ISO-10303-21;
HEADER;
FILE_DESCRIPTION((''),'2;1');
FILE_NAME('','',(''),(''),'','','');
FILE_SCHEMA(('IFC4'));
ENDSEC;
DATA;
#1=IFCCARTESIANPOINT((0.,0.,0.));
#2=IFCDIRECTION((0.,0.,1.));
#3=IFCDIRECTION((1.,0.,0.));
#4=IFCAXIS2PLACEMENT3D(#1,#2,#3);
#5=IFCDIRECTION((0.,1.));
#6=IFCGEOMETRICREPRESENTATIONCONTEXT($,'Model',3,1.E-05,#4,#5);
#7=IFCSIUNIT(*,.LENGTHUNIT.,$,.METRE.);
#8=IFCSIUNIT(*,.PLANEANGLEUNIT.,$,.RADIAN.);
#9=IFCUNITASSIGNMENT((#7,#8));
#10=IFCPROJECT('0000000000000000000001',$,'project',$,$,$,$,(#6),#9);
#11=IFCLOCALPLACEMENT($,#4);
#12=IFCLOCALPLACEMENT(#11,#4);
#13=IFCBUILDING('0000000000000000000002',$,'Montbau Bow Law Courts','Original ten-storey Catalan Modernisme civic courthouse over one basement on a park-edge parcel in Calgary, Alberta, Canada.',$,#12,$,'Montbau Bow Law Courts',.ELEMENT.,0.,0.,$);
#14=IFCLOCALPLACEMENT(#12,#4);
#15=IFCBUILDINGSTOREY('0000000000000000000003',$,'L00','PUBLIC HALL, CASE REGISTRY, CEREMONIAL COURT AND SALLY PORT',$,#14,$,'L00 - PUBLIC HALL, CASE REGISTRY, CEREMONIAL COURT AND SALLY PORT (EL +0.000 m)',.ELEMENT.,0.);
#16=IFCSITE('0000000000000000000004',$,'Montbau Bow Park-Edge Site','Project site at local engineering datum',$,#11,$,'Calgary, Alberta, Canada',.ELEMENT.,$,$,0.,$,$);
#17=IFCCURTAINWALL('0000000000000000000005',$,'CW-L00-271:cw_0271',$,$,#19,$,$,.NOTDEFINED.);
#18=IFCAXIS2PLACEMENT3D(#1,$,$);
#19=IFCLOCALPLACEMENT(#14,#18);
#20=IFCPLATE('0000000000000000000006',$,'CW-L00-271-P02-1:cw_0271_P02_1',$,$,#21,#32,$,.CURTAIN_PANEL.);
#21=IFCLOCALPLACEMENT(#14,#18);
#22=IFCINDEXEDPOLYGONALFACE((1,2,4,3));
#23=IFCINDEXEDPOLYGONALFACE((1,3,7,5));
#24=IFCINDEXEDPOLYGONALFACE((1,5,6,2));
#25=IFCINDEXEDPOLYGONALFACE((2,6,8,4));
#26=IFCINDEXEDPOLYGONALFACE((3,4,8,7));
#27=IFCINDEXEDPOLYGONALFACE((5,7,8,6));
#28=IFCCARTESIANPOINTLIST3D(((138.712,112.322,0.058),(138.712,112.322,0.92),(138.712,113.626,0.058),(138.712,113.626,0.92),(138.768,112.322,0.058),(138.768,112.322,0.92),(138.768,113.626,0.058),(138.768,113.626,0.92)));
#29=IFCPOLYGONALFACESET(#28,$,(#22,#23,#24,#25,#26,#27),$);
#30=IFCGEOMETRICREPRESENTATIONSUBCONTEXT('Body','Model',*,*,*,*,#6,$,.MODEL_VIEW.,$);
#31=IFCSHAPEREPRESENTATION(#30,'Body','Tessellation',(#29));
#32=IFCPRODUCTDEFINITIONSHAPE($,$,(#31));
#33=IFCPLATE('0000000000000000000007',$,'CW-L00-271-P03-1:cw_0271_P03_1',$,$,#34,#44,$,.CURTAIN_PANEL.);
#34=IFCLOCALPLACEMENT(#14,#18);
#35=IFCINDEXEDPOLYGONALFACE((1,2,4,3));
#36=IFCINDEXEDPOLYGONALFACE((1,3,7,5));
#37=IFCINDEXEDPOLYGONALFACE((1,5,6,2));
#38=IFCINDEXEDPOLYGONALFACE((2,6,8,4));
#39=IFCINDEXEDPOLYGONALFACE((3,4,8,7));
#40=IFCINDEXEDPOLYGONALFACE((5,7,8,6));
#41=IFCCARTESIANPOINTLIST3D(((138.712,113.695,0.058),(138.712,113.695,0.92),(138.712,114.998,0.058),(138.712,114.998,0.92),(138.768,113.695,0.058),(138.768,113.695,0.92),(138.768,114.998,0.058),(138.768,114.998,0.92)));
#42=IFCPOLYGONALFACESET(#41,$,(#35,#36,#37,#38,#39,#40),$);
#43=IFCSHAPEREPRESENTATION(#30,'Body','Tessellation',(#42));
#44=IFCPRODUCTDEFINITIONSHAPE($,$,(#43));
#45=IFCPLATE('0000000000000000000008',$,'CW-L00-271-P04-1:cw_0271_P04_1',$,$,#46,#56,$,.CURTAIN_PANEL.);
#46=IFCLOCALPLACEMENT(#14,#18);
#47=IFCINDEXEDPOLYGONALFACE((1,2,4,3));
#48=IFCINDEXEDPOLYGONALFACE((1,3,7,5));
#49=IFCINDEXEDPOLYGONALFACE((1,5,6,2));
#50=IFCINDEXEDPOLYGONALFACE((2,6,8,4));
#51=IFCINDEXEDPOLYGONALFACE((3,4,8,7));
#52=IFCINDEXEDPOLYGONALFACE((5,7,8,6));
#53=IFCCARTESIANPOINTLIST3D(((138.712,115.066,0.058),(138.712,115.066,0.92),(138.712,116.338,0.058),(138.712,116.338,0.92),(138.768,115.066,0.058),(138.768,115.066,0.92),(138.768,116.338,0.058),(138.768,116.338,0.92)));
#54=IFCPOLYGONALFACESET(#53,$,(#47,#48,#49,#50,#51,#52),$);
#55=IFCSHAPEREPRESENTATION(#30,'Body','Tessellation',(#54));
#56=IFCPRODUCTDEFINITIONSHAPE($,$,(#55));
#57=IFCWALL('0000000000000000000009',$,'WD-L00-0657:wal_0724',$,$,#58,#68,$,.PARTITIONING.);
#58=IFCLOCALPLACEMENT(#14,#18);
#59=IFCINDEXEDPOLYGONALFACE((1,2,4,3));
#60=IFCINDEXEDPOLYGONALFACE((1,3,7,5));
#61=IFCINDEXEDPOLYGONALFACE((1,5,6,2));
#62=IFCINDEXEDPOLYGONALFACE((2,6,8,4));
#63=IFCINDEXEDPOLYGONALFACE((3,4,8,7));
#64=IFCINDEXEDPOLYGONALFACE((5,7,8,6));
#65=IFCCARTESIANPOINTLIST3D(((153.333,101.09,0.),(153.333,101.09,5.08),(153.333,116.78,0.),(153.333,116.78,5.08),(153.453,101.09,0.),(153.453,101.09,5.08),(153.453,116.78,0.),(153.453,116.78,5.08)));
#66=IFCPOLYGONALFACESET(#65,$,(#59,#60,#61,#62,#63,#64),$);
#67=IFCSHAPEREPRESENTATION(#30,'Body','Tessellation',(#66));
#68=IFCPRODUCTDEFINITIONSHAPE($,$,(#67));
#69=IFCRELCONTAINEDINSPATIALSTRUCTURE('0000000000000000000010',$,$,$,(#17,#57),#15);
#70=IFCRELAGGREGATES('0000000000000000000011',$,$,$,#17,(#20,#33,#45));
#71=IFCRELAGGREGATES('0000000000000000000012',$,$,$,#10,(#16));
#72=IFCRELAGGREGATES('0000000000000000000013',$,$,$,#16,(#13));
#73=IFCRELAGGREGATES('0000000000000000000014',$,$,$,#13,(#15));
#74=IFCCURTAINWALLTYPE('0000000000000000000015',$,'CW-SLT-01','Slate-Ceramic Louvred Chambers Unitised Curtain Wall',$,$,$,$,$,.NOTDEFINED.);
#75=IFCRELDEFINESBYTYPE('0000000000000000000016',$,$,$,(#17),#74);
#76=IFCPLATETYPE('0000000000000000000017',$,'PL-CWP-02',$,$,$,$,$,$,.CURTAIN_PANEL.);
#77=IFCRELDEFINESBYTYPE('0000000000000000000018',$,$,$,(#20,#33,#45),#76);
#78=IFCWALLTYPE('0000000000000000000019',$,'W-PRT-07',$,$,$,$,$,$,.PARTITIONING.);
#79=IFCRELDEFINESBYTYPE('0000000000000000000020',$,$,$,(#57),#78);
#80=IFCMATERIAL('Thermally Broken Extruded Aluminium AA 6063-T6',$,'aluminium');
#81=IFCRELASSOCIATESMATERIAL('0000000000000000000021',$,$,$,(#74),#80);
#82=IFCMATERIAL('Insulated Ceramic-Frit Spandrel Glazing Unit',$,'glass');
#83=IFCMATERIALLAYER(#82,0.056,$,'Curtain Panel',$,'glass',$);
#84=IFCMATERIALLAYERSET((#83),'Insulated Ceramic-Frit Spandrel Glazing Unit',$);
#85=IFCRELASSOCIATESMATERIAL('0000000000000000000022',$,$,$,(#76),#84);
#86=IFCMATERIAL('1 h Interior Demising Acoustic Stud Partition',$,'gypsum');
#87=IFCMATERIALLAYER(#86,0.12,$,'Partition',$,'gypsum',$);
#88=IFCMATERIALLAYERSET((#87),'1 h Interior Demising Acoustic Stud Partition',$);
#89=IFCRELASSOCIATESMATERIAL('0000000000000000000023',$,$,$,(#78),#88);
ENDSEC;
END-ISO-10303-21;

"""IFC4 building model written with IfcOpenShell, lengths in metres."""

from ifc_helpers import new_model, si_unit, direction, frame, frame_2d, origin_with_axes, place, context, subcontext, project, spatial, rectangle, extrude, material, layer, layer_set, type_object, element, aggregate, save


model = new_model("IFC4")

# Units and contexts
model_context = context("Model", 3, precision=1e-05, world=origin_with_axes(), true_north=direction((0.0, 1.0)))
body_context = subcontext(model_context, "Body", "Model", "MODEL_VIEW")
ifc_project = project(units=[si_unit("LENGTHUNIT", "METRE"), si_unit("PLANEANGLEUNIT", "RADIAN")], contexts=[model_context])

# Site, building, storey
site_placement = place(None, origin_with_axes())
site = spatial("IfcSite", under=ifc_project, at=site_placement, Name="Montbau Bow Park-Edge Site", Description="Project site at local engineering datum", LongName="Calgary, Alberta, Canada", CompositionType="ELEMENT", RefElevation=0.0)
building_placement = place(site_placement, origin_with_axes())
building = spatial("IfcBuilding", under=site, at=building_placement, Name="Montbau Bow Law Courts", Description="Original ten-storey Catalan Modernisme civic courthouse over one basement on a park-edge parcel in Calgary, Alberta, Canada.", LongName="Montbau Bow Law Courts", CompositionType="ELEMENT", ElevationOfRefHeight=0.0, ElevationOfTerrain=0.0)
storey_placement = place(building_placement, origin_with_axes())
storey = spatial("IfcBuildingStorey", under=building, at=storey_placement, Name="L00", Description="PUBLIC HALL, CASE REGISTRY, CEREMONIAL COURT AND SALLY PORT", LongName="L00 - PUBLIC HALL, CASE REGISTRY, CEREMONIAL COURT AND SALLY PORT (EL +0.000 m)", CompositionType="ELEMENT", Elevation=0.0)

# Curtain wall
ifc_material_1 = material(Name="Thermally Broken Extruded Aluminium AA 6063-T6", Category="aluminium")
curtain_wall_type = type_object("IfcCurtainWallType", Name="CW-SLT-01", Description="Slate-Ceramic Louvred Chambers Unitised Curtain Wall", PredefinedType="NOTDEFINED", material=ifc_material_1)
curtain_wall_placement = place(None, frame((138.74, 110.915, 0.0), z_axis=(0.0, 0.0, 1.0), x_axis=(1.0, 0.0, 0.0)))
curtain_wall = element("IfcCurtainWall", 1, at=curtain_wall_placement, inside=storey, type_object=curtain_wall_type, Name="CW-L00-271:cw_0271", PredefinedType="NOTDEFINED")

# Plates
ifc_material_2 = material(Name="Insulated Ceramic-Frit Spandrel Glazing Unit", Category="glass")
ifc_layer_1 = layer(ifc_material_2, 0.056, Name="Curtain Panel", Category="glass")
ifc_layer_set_1 = layer_set([ifc_layer_1], Name="Insulated Ceramic-Frit Spandrel Glazing Unit")
plate_type_1 = type_object("IfcPlateType", Name="PL-CWP-02", PredefinedType="CURTAIN_PANEL", material=ifc_layer_set_1)
plate_1_placement = place(None, frame((138.74, 112.322, 0.058), z_axis=(1.0, 0.0, 0.0), x_axis=(0.0, 1.0, 0.0)))
plate_1 = element("IfcPlate", 2, at=plate_1_placement, type_object=plate_type_1, Name="CW-L00-271-P02-1:cw_0271_P02_1", PredefinedType="CURTAIN_PANEL", context=body_context, shape_type="SweptSolid", body=[
    extrude(rectangle(XDim=1.304, YDim=0.862, at=frame_2d((0.652, 0.431), x_axis=(1.0, 0.0))), frame((0.0, 0.0, -0.028), z_axis=(0.0, 0.0, 1.0), x_axis=(1.0, 0.0, 0.0)), (0.0, 0.0, 1.0), 0.056),
])
plate_2_placement = place(None, frame((138.74, 113.695, 0.058), z_axis=(1.0, 0.0, 0.0), x_axis=(0.0, 1.0, 0.0)))
plate_2 = element("IfcPlate", 3, at=plate_2_placement, type_object=plate_type_1, Name="CW-L00-271-P03-1:cw_0271_P03_1", PredefinedType="CURTAIN_PANEL", context=body_context, shape_type="SweptSolid", body=[
    extrude(rectangle(XDim=1.303, YDim=0.862, at=frame_2d((0.6515, 0.431), x_axis=(1.0, 0.0))), frame((0.0, 0.0, -0.028), z_axis=(0.0, 0.0, 1.0), x_axis=(1.0, 0.0, 0.0)), (0.0, 0.0, 1.0), 0.056),
])
plate_3_placement = place(None, frame((138.74, 115.066, 0.058), z_axis=(1.0, 0.0, 0.0), x_axis=(0.0, 1.0, 0.0)))
plate_3 = element("IfcPlate", 4, at=plate_3_placement, type_object=plate_type_1, Name="CW-L00-271-P04-1:cw_0271_P04_1", PredefinedType="CURTAIN_PANEL", context=body_context, shape_type="SweptSolid", body=[
    extrude(rectangle(XDim=1.272, YDim=0.862, at=frame_2d((0.636, 0.431), x_axis=(1.0, 0.0))), frame((0.0, 0.0, -0.028), z_axis=(0.0, 0.0, 1.0), x_axis=(1.0, 0.0, 0.0)), (0.0, 0.0, 1.0), 0.056),
])
aggregate(curtain_wall, [plate_1, plate_2, plate_3])

# Wall
ifc_material_3 = material(Name="1 h Interior Demising Acoustic Stud Partition", Category="gypsum")
ifc_layer_2 = layer(ifc_material_3, 0.12, Name="Partition", Category="gypsum")
ifc_layer_set_2 = layer_set([ifc_layer_2], Name="1 h Interior Demising Acoustic Stud Partition")
wall_type = type_object("IfcWallType", Name="W-PRT-07", PredefinedType="PARTITIONING", material=ifc_layer_set_2)
wall_placement = place(None, frame((153.393, 101.09, 0.0), z_axis=(0.0, 0.0, 1.0), x_axis=(0.0, 1.0, 0.0)))
element("IfcWall", 5, at=wall_placement, inside=storey, type_object=wall_type, Name="WD-L00-0657:wal_0724", PredefinedType="PARTITIONING", context=body_context, shape_type="SweptSolid", body=[
    extrude(rectangle(XDim=15.69, YDim=0.12, at=frame_2d((7.845, 0.0), x_axis=(1.0, 0.0))), origin_with_axes(), (0.0, 0.0, 1.0), 5.08),
])

save(model, "model.ifc")
